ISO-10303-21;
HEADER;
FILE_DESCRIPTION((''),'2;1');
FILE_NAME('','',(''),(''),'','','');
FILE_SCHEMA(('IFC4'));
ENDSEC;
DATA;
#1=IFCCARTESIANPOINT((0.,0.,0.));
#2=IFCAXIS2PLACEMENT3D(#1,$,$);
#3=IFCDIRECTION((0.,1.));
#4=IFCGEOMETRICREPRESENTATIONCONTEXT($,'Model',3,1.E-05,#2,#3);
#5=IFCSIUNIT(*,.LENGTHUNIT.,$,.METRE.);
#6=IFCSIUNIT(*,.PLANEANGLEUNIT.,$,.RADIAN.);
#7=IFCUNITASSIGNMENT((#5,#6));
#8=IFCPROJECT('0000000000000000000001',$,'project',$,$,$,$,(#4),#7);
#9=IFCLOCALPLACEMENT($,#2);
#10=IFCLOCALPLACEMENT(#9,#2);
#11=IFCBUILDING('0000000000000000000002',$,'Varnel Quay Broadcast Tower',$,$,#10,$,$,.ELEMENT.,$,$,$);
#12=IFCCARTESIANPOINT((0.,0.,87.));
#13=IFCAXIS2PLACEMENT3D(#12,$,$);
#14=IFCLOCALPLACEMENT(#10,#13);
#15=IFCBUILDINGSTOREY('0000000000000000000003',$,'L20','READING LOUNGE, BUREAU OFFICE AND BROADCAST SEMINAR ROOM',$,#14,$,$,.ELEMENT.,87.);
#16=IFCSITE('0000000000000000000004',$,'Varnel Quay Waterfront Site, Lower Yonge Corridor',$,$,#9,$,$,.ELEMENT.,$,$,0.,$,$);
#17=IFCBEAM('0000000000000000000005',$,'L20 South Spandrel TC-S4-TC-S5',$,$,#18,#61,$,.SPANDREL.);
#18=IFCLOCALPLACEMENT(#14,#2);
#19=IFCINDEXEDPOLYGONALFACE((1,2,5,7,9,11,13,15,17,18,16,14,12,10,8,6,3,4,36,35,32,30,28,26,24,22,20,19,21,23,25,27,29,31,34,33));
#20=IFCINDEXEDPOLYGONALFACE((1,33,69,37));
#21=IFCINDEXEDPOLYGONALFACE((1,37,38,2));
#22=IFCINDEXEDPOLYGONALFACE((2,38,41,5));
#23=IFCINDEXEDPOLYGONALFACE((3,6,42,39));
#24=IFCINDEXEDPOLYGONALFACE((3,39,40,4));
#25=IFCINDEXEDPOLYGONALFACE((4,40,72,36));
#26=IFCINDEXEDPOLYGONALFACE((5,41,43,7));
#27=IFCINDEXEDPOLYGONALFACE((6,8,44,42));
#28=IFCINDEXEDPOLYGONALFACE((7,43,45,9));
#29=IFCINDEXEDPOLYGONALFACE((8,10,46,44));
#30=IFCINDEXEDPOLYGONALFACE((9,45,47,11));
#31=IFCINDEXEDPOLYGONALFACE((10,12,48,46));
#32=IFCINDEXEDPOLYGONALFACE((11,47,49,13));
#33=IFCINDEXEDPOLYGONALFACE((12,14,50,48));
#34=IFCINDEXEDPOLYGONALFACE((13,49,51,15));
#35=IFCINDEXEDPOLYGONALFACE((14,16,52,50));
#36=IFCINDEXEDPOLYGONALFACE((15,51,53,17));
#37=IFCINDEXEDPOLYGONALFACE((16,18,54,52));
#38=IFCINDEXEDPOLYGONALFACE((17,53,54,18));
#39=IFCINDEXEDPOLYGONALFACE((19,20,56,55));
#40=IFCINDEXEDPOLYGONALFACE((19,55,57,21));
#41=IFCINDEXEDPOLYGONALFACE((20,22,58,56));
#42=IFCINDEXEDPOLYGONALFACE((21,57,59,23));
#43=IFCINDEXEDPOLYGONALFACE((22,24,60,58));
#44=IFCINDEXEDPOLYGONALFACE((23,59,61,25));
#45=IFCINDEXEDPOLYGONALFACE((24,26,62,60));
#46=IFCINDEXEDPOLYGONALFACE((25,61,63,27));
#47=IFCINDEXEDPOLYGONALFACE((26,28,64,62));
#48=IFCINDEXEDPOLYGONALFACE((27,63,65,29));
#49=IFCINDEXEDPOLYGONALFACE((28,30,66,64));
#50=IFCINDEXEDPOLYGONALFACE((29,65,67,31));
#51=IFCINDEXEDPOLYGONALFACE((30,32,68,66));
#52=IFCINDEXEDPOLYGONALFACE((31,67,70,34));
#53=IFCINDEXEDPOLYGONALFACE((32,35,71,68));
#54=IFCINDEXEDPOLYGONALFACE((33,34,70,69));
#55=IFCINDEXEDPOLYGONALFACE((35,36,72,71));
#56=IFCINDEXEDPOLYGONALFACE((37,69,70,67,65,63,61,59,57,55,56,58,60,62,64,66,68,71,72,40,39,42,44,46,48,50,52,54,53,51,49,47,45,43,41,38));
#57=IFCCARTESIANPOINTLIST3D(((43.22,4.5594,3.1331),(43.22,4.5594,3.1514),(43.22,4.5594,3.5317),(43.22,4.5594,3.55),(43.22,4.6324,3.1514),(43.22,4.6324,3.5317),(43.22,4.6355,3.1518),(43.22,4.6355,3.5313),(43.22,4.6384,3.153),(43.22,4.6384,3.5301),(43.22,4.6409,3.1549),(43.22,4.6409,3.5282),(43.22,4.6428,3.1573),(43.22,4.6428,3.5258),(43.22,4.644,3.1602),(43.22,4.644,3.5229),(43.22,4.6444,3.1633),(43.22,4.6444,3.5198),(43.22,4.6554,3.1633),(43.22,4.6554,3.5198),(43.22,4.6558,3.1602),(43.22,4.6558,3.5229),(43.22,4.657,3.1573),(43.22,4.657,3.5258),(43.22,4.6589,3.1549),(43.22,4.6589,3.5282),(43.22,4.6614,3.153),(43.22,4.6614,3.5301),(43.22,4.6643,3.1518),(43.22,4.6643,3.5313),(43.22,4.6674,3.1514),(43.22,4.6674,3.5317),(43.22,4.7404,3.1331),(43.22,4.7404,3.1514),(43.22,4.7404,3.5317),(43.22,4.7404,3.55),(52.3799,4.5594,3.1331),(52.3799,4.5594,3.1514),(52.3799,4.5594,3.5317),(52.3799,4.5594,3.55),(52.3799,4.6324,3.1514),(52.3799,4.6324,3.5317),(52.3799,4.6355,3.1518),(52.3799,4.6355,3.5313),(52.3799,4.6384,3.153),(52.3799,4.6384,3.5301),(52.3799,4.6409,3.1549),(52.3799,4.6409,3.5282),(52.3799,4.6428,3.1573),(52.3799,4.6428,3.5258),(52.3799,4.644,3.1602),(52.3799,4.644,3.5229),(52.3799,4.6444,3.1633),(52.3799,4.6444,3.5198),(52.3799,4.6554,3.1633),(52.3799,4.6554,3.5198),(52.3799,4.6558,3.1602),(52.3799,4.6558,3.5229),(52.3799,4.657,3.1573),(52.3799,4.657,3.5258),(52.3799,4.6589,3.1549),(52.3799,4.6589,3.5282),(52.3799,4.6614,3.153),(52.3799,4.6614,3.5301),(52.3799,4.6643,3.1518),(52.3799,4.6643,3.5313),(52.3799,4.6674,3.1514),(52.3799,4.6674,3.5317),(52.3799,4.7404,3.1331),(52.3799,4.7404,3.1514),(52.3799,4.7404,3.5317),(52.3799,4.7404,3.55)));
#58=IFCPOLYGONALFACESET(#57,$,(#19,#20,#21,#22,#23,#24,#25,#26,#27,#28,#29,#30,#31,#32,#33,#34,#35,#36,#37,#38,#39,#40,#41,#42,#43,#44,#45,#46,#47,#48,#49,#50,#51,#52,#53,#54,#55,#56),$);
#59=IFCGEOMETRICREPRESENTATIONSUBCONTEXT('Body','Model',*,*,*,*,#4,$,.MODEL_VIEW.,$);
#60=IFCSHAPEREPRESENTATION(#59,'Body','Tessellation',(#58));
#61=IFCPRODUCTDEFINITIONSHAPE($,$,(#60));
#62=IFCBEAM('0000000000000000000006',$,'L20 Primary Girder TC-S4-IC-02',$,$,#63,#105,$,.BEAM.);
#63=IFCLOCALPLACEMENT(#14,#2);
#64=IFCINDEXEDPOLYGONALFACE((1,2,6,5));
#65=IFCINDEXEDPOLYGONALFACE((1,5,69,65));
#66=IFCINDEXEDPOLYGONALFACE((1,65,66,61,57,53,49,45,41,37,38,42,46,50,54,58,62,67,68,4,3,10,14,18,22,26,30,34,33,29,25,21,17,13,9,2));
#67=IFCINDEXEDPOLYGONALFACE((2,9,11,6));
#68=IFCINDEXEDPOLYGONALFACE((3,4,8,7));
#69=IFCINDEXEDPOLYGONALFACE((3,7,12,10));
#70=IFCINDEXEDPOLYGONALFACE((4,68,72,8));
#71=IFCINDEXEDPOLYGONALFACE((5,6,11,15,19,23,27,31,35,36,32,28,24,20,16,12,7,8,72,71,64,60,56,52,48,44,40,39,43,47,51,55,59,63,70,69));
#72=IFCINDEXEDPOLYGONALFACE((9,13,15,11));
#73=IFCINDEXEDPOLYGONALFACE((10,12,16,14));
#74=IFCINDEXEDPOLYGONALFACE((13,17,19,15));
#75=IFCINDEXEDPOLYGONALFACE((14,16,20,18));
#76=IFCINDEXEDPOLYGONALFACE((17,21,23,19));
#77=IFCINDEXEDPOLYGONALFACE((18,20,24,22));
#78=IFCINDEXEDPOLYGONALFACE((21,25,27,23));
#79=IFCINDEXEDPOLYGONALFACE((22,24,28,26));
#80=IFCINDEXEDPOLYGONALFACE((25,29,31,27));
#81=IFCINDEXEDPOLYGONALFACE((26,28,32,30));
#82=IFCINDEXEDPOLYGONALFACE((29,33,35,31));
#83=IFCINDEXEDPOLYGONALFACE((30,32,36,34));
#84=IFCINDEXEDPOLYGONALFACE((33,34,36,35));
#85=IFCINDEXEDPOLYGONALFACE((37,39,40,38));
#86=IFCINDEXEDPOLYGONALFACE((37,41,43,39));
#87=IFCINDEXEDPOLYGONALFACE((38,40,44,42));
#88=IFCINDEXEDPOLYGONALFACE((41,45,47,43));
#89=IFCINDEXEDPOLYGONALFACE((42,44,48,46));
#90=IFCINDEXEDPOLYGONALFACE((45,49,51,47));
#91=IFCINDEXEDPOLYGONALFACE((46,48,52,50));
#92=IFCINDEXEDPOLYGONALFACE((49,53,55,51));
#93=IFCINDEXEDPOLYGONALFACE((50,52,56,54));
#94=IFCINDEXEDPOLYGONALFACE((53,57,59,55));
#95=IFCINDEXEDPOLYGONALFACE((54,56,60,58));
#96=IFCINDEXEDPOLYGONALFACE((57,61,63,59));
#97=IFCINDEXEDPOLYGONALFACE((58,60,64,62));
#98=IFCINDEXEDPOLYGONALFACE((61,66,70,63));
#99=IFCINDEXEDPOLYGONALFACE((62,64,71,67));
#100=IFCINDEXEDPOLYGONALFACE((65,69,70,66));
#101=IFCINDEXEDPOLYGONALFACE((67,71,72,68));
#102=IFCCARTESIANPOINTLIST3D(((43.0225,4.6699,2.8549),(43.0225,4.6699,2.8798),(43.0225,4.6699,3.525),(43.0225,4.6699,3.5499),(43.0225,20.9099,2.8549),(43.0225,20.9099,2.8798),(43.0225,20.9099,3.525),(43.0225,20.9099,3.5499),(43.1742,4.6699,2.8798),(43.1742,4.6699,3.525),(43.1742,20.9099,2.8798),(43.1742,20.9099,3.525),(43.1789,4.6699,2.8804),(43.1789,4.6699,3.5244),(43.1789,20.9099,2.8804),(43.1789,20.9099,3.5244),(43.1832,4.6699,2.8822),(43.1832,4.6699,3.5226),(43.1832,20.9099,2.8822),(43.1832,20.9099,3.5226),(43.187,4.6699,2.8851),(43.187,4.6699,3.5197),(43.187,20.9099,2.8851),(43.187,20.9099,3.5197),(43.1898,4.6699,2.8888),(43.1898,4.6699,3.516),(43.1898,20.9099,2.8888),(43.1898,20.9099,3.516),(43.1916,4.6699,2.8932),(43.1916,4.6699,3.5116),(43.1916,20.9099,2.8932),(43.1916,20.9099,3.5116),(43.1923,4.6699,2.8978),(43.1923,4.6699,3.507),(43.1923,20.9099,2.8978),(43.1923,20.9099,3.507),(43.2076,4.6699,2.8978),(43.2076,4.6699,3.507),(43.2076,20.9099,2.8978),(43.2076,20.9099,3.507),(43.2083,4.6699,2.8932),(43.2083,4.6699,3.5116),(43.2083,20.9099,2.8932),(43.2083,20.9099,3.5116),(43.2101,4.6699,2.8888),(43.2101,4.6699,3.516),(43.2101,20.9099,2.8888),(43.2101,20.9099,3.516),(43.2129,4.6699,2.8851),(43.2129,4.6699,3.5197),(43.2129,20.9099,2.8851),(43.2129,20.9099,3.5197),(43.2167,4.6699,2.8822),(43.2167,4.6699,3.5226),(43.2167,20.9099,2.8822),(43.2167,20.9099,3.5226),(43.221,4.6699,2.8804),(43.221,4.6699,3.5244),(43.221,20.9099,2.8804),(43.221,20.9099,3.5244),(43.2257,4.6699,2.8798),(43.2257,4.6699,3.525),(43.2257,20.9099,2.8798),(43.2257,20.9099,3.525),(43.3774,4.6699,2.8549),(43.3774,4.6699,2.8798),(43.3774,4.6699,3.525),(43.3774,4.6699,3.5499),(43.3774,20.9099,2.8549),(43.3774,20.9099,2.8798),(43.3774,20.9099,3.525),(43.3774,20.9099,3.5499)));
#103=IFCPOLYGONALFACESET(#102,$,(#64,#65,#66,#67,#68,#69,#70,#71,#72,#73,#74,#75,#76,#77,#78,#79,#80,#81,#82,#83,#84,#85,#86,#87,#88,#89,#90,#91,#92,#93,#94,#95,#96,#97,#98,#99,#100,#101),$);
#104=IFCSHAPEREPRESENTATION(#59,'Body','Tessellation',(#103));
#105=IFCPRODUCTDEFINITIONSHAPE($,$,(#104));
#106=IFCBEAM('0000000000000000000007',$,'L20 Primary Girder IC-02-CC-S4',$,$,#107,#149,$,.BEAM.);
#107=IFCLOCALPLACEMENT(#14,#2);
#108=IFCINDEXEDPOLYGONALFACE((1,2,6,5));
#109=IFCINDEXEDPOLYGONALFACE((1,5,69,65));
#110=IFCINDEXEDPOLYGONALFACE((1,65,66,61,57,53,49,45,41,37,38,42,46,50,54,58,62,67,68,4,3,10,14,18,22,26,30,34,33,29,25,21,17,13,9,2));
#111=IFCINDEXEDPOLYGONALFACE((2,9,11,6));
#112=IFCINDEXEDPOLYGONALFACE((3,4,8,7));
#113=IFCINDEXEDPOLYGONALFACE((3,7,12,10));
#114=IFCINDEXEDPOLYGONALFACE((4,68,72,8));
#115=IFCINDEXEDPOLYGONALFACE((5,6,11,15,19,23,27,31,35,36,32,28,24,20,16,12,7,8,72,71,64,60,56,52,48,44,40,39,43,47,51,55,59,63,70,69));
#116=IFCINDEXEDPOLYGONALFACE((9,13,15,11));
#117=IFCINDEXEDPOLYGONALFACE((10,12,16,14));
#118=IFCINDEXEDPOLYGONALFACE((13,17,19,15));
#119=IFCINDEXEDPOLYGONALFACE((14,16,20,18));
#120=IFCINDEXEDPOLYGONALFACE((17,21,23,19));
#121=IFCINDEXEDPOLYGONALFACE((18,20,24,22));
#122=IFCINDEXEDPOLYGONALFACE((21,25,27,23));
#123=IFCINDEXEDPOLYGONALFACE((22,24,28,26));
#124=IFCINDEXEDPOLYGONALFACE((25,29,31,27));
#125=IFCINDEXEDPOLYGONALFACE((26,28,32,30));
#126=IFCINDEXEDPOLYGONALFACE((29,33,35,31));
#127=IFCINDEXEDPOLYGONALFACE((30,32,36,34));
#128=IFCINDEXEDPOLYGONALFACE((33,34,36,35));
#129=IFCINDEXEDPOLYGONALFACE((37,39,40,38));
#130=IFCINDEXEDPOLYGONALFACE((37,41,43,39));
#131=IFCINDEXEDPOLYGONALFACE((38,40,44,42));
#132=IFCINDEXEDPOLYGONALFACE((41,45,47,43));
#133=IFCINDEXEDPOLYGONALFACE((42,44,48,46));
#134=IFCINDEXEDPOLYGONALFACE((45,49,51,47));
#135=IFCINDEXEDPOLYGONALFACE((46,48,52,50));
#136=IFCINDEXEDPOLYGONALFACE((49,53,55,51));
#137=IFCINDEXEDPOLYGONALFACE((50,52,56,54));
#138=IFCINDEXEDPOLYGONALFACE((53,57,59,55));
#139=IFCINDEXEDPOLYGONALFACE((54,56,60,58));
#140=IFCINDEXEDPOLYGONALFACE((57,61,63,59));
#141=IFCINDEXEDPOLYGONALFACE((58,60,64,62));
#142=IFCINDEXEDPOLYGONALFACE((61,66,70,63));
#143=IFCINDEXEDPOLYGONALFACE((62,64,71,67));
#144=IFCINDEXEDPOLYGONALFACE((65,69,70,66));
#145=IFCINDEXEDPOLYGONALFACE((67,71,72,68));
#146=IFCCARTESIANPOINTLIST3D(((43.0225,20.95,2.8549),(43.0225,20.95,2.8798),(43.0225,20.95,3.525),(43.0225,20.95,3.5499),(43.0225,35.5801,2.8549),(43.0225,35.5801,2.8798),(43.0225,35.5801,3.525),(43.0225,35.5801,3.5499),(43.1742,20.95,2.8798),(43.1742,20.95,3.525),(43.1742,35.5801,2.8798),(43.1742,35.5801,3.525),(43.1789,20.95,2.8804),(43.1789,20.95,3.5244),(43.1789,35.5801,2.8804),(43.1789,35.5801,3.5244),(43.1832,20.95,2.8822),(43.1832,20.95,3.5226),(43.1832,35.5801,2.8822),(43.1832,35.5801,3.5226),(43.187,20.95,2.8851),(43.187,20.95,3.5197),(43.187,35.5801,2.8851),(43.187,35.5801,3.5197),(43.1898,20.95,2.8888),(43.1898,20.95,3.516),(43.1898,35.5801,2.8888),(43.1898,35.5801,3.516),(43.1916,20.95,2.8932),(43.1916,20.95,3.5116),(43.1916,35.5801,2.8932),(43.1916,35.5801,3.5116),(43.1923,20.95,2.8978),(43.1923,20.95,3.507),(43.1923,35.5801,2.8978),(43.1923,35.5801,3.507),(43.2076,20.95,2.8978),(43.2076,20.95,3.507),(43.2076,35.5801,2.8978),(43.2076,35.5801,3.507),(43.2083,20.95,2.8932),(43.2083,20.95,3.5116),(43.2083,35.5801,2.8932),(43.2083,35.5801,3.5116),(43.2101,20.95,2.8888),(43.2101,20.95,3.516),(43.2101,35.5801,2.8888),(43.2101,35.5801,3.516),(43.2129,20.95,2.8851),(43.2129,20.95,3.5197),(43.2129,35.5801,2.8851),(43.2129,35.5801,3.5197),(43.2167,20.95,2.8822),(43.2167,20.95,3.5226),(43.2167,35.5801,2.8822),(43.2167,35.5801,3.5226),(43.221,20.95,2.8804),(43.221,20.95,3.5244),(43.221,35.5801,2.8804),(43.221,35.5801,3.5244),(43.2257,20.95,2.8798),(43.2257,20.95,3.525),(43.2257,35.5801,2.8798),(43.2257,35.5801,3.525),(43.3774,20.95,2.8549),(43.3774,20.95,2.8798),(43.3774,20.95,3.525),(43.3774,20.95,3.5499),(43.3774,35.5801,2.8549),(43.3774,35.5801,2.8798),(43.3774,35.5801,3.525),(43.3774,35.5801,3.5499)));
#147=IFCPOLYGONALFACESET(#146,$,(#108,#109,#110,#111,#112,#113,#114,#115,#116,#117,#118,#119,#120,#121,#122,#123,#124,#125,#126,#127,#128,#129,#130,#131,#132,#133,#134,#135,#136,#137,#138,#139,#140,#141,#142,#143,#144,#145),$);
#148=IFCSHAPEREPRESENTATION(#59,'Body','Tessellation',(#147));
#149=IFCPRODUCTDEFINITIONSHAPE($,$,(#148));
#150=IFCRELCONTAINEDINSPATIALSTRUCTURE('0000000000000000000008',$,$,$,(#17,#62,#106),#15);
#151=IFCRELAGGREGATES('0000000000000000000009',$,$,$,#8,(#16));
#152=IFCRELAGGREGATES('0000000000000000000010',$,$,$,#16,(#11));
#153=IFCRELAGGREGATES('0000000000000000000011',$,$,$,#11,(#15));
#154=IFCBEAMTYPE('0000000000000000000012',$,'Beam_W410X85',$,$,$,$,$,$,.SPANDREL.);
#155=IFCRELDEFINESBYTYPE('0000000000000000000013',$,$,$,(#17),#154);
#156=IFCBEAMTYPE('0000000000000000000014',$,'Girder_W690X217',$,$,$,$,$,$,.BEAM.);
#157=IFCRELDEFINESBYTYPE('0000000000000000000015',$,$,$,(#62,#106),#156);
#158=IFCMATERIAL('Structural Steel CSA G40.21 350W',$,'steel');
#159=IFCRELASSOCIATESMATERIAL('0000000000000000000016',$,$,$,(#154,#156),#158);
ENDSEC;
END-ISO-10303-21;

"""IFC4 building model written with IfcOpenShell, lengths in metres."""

from ifc_helpers import new_model, si_unit, direction, frame, origin, origin_2d, place, context, subcontext, project, spatial, i_section, extrude, source, transform, mapped, material, material_profile, profile_set, type_object, type_shapes, element, save


model = new_model("IFC4")

# Units and contexts
model_context = context("Model", 3, precision=1e-05, world=origin(), true_north=direction((0.0, 1.0)))
body_context = subcontext(model_context, "Body", "Model", "MODEL_VIEW")
ifc_project = project(units=[si_unit("LENGTHUNIT", "METRE"), si_unit("PLANEANGLEUNIT", "RADIAN")], contexts=[model_context])

# Site, building, storey
site_placement = place(None, origin())
site = spatial("IfcSite", under=ifc_project, at=site_placement, Name="Varnel Quay Waterfront Site, Lower Yonge Corridor", CompositionType="ELEMENT", RefElevation=0.0)
building_placement = place(site_placement, origin())
building = spatial("IfcBuilding", under=site, at=building_placement, Name="Varnel Quay Broadcast Tower", CompositionType="ELEMENT")
storey_placement = place(building_placement, frame((0.0, 0.0, 87.0)))
storey = spatial("IfcBuildingStorey", under=building, at=storey_placement, Name="L20", Description="READING LOUNGE, BUREAU OFFICE AND BROADCAST SEMINAR ROOM", CompositionType="ELEMENT", Elevation=87.0)

# Shared definitions
ifc_material_1 = material(Name="Structural Steel CSA G40.21 350W", Category="steel")

# Beams
ifc_material_profile_1 = material_profile(ifc_material_1, i_section(OverallWidth=0.1809, OverallDepth=0.417, WebThickness=0.011, FlangeThickness=0.0183, FilletRadius=0.012, at=origin_2d()), Name="W410X85")
ifc_profile_set_1 = profile_set([ifc_material_profile_1], Name="Structural Steel CSA G40.21 350W")
beam_type_1 = type_object("IfcBeamType", Name="Beam_W410X85", PredefinedType="SPANDREL", material=ifc_profile_set_1)
shared_shape_1 = source(origin(), body_context, "Body", "SweptSolid", [
    extrude(i_section(OverallWidth=0.1809, OverallDepth=0.417, WebThickness=0.011, FlangeThickness=0.0183, FilletRadius=0.012, at=origin_2d()), origin(), (0.0, 0.0, 1.0), 9.1599),
])
type_shapes(beam_type_1, [shared_shape_1])
for number, where, z_axis, x_axis, name in (
    (1, (43.22, 4.6499, 3.3416), (1.0, 0.0, 0.0), (0.0, 1.0, 0.0), "L20 South Spandrel TC-S4-TC-S5"),
):
    element("IfcBeam", number, at=place(storey_placement, frame(where, z_axis=z_axis, x_axis=x_axis)), inside=storey, type_object=beam_type_1, Name=name, PredefinedType="SPANDREL", context=body_context, shape_type="MappedRepresentation", body=[
        mapped(shared_shape_1, transform((0.0, 0.0, 0.0), x_axis=(1.0, 0.0, 0.0), y_axis=(0.0, 1.0, 0.0), z_axis=(0.0, 0.0, 1.0), scale=1.0)),
    ])
ifc_material_profile_2 = material_profile(ifc_material_1, i_section(OverallWidth=0.355, OverallDepth=0.6951, WebThickness=0.0154, FlangeThickness=0.0249, FilletRadius=0.0181, at=origin_2d()), Name="W690X217")
ifc_profile_set_2 = profile_set([ifc_material_profile_2], Name="Structural Steel CSA G40.21 350W")
beam_type_2 = type_object("IfcBeamType", Name="Girder_W690X217", PredefinedType="BEAM", material=ifc_profile_set_2)
shared_shape_2 = source(origin(), body_context, "Body", "SweptSolid", [
    extrude(i_section(OverallWidth=0.355, OverallDepth=0.6951, WebThickness=0.0154, FlangeThickness=0.0249, FilletRadius=0.0181, at=origin_2d()), origin(), (0.0, 0.0, 1.0), 16.24),
])
beam_1_placement = place(storey_placement, frame((43.2, 4.6699, 3.2024), z_axis=(0.0, 1.0, 0.0), x_axis=(-1.0, 0.0, 0.0)))
element("IfcBeam", 2, at=beam_1_placement, inside=storey, type_object=beam_type_2, Name="L20 Primary Girder TC-S4-IC-02", PredefinedType="BEAM", context=body_context, shape_type="MappedRepresentation", body=[
    mapped(shared_shape_2, transform((0.0, 0.0, 0.0), x_axis=(1.0, 0.0, 0.0), y_axis=(0.0, 1.0, 0.0), z_axis=(0.0, 0.0, 1.0), scale=1.0)),
])
shared_shape_3 = source(origin(), body_context, "Body", "SweptSolid", [
    extrude(i_section(OverallWidth=0.355, OverallDepth=0.6951, WebThickness=0.0154, FlangeThickness=0.0249, FilletRadius=0.0181, at=origin_2d()), origin(), (0.0, 0.0, 1.0), 14.6301),
])
beam_2_placement = place(storey_placement, frame((43.2, 20.95, 3.2024), z_axis=(0.0, 1.0, 0.0), x_axis=(-1.0, 0.0, 0.0)))
element("IfcBeam", 3, at=beam_2_placement, inside=storey, type_object=beam_type_2, Name="L20 Primary Girder IC-02-CC-S4", PredefinedType="BEAM", context=body_context, shape_type="MappedRepresentation", body=[
    mapped(shared_shape_3, transform((0.0, 0.0, 0.0), x_axis=(1.0, 0.0, 0.0), y_axis=(0.0, 1.0, 0.0), z_axis=(0.0, 0.0, 1.0), scale=1.0)),
])

save(model, "model.ifc")
